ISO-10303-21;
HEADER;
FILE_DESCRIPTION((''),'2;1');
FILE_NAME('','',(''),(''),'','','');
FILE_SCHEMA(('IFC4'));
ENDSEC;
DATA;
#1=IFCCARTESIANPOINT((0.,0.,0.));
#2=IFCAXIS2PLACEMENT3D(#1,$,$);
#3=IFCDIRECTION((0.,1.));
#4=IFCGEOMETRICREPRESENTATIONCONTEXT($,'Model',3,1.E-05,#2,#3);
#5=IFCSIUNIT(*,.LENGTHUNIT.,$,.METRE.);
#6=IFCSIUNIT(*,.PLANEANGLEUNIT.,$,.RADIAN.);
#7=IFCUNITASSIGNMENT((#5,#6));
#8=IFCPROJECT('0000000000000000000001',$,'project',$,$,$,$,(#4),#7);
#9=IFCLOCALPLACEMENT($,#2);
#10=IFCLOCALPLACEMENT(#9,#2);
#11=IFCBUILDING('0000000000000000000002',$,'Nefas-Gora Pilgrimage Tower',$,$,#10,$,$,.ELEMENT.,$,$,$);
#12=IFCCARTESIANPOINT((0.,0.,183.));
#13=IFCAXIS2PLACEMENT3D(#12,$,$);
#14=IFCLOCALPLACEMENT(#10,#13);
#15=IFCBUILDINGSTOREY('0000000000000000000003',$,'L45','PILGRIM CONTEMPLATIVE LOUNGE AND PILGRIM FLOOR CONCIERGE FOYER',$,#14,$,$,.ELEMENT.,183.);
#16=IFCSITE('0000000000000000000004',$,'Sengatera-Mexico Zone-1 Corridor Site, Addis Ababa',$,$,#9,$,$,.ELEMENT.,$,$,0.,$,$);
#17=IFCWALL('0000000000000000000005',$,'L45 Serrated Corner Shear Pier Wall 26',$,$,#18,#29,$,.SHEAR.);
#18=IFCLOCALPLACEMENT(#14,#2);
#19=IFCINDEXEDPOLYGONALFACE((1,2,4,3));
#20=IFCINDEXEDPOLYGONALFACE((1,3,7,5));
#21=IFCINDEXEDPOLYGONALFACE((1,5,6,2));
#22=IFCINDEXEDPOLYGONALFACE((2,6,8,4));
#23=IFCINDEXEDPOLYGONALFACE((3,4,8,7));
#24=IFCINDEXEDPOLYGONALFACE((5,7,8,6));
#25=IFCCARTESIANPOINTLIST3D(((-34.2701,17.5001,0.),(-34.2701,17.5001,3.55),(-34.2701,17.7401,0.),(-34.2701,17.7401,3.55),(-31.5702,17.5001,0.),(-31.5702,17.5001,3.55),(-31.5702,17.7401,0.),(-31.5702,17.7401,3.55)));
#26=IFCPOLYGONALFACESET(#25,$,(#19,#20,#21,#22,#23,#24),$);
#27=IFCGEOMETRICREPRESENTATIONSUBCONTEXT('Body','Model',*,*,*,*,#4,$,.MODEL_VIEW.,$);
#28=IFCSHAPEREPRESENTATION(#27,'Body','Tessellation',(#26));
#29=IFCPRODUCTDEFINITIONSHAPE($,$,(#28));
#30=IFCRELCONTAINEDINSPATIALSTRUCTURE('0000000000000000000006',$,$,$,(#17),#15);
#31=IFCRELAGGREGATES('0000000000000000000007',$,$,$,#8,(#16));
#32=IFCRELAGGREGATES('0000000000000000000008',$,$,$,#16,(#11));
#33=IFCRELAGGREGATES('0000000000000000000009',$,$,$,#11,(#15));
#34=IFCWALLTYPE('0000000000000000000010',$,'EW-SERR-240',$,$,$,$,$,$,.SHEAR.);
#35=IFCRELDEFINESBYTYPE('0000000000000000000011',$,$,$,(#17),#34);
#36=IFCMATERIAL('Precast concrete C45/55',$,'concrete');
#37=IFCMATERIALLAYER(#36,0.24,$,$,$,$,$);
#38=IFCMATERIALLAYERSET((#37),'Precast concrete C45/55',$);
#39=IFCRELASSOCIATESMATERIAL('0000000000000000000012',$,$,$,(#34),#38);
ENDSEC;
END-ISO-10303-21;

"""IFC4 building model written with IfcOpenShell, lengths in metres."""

from ifc_helpers import new_model, si_unit, direction, frame, frame_2d, origin, place, context, subcontext, project, spatial, rectangle, extrude, source, transform, mapped, material, layer, layer_set, type_object, element, save


model = new_model("IFC4")

# Units and contexts
model_context = context("Model", 3, precision=1e-05, world=origin(), true_north=direction((0.0, 1.0)))
body_context = subcontext(model_context, "Body", "Model", "MODEL_VIEW")
ifc_project = project(units=[si_unit("LENGTHUNIT", "METRE"), si_unit("PLANEANGLEUNIT", "RADIAN")], contexts=[model_context])

# Site, building, storey
site_placement = place(None, origin())
site = spatial("IfcSite", under=ifc_project, at=site_placement, Name="Sengatera-Mexico Zone-1 Corridor Site, Addis Ababa", CompositionType="ELEMENT", RefElevation=0.0)
building_placement = place(site_placement, origin())
building = spatial("IfcBuilding", under=site, at=building_placement, Name="Nefas-Gora Pilgrimage Tower", CompositionType="ELEMENT")
storey_placement = place(building_placement, frame((0.0, 0.0, 183.0)))
storey = spatial("IfcBuildingStorey", under=building, at=storey_placement, Name="L45", Description="PILGRIM CONTEMPLATIVE LOUNGE AND PILGRIM FLOOR CONCIERGE FOYER", CompositionType="ELEMENT", Elevation=183.0)

# Shared definitions
ifc_material_1 = material(Name="Precast concrete C45/55", Category="concrete")
ifc_layer_1 = layer(ifc_material_1, 0.24)
ifc_layer_set_1 = layer_set([ifc_layer_1], Name="Precast concrete C45/55")
wall_type_1 = type_object("IfcWallType", Name="EW-SERR-240", PredefinedType="SHEAR", material=ifc_layer_set_1)
shared_shape_1 = source(origin(), body_context, "Body", "SweptSolid", [
    extrude(rectangle(XDim=2.7, YDim=0.24, at=frame_2d((1.3501, 0.0))), origin(), (0.0, 0.0, 1.0), 3.55),
])

# Wall
wall_1_placement = place(storey_placement, frame((-31.5701, 17.6201, 0.0), z_axis=(0.0, 0.0, 1.0), x_axis=(-1.0, 0.0, 0.0)))
element("IfcWall", 1, at=wall_1_placement, inside=storey, type_object=wall_type_1, Name="L45 Serrated Corner Shear Pier Wall 26", PredefinedType="SHEAR", context=body_context, shape_type="MappedRepresentation", body=[
    mapped(shared_shape_1, transform((0.0, 0.0, 0.0), x_axis=(1.0, 0.0, 0.0), y_axis=(0.0, 1.0, 0.0), z_axis=(0.0, 0.0, 1.0), scale=1.0)),
])

save(model, "model.ifc")
